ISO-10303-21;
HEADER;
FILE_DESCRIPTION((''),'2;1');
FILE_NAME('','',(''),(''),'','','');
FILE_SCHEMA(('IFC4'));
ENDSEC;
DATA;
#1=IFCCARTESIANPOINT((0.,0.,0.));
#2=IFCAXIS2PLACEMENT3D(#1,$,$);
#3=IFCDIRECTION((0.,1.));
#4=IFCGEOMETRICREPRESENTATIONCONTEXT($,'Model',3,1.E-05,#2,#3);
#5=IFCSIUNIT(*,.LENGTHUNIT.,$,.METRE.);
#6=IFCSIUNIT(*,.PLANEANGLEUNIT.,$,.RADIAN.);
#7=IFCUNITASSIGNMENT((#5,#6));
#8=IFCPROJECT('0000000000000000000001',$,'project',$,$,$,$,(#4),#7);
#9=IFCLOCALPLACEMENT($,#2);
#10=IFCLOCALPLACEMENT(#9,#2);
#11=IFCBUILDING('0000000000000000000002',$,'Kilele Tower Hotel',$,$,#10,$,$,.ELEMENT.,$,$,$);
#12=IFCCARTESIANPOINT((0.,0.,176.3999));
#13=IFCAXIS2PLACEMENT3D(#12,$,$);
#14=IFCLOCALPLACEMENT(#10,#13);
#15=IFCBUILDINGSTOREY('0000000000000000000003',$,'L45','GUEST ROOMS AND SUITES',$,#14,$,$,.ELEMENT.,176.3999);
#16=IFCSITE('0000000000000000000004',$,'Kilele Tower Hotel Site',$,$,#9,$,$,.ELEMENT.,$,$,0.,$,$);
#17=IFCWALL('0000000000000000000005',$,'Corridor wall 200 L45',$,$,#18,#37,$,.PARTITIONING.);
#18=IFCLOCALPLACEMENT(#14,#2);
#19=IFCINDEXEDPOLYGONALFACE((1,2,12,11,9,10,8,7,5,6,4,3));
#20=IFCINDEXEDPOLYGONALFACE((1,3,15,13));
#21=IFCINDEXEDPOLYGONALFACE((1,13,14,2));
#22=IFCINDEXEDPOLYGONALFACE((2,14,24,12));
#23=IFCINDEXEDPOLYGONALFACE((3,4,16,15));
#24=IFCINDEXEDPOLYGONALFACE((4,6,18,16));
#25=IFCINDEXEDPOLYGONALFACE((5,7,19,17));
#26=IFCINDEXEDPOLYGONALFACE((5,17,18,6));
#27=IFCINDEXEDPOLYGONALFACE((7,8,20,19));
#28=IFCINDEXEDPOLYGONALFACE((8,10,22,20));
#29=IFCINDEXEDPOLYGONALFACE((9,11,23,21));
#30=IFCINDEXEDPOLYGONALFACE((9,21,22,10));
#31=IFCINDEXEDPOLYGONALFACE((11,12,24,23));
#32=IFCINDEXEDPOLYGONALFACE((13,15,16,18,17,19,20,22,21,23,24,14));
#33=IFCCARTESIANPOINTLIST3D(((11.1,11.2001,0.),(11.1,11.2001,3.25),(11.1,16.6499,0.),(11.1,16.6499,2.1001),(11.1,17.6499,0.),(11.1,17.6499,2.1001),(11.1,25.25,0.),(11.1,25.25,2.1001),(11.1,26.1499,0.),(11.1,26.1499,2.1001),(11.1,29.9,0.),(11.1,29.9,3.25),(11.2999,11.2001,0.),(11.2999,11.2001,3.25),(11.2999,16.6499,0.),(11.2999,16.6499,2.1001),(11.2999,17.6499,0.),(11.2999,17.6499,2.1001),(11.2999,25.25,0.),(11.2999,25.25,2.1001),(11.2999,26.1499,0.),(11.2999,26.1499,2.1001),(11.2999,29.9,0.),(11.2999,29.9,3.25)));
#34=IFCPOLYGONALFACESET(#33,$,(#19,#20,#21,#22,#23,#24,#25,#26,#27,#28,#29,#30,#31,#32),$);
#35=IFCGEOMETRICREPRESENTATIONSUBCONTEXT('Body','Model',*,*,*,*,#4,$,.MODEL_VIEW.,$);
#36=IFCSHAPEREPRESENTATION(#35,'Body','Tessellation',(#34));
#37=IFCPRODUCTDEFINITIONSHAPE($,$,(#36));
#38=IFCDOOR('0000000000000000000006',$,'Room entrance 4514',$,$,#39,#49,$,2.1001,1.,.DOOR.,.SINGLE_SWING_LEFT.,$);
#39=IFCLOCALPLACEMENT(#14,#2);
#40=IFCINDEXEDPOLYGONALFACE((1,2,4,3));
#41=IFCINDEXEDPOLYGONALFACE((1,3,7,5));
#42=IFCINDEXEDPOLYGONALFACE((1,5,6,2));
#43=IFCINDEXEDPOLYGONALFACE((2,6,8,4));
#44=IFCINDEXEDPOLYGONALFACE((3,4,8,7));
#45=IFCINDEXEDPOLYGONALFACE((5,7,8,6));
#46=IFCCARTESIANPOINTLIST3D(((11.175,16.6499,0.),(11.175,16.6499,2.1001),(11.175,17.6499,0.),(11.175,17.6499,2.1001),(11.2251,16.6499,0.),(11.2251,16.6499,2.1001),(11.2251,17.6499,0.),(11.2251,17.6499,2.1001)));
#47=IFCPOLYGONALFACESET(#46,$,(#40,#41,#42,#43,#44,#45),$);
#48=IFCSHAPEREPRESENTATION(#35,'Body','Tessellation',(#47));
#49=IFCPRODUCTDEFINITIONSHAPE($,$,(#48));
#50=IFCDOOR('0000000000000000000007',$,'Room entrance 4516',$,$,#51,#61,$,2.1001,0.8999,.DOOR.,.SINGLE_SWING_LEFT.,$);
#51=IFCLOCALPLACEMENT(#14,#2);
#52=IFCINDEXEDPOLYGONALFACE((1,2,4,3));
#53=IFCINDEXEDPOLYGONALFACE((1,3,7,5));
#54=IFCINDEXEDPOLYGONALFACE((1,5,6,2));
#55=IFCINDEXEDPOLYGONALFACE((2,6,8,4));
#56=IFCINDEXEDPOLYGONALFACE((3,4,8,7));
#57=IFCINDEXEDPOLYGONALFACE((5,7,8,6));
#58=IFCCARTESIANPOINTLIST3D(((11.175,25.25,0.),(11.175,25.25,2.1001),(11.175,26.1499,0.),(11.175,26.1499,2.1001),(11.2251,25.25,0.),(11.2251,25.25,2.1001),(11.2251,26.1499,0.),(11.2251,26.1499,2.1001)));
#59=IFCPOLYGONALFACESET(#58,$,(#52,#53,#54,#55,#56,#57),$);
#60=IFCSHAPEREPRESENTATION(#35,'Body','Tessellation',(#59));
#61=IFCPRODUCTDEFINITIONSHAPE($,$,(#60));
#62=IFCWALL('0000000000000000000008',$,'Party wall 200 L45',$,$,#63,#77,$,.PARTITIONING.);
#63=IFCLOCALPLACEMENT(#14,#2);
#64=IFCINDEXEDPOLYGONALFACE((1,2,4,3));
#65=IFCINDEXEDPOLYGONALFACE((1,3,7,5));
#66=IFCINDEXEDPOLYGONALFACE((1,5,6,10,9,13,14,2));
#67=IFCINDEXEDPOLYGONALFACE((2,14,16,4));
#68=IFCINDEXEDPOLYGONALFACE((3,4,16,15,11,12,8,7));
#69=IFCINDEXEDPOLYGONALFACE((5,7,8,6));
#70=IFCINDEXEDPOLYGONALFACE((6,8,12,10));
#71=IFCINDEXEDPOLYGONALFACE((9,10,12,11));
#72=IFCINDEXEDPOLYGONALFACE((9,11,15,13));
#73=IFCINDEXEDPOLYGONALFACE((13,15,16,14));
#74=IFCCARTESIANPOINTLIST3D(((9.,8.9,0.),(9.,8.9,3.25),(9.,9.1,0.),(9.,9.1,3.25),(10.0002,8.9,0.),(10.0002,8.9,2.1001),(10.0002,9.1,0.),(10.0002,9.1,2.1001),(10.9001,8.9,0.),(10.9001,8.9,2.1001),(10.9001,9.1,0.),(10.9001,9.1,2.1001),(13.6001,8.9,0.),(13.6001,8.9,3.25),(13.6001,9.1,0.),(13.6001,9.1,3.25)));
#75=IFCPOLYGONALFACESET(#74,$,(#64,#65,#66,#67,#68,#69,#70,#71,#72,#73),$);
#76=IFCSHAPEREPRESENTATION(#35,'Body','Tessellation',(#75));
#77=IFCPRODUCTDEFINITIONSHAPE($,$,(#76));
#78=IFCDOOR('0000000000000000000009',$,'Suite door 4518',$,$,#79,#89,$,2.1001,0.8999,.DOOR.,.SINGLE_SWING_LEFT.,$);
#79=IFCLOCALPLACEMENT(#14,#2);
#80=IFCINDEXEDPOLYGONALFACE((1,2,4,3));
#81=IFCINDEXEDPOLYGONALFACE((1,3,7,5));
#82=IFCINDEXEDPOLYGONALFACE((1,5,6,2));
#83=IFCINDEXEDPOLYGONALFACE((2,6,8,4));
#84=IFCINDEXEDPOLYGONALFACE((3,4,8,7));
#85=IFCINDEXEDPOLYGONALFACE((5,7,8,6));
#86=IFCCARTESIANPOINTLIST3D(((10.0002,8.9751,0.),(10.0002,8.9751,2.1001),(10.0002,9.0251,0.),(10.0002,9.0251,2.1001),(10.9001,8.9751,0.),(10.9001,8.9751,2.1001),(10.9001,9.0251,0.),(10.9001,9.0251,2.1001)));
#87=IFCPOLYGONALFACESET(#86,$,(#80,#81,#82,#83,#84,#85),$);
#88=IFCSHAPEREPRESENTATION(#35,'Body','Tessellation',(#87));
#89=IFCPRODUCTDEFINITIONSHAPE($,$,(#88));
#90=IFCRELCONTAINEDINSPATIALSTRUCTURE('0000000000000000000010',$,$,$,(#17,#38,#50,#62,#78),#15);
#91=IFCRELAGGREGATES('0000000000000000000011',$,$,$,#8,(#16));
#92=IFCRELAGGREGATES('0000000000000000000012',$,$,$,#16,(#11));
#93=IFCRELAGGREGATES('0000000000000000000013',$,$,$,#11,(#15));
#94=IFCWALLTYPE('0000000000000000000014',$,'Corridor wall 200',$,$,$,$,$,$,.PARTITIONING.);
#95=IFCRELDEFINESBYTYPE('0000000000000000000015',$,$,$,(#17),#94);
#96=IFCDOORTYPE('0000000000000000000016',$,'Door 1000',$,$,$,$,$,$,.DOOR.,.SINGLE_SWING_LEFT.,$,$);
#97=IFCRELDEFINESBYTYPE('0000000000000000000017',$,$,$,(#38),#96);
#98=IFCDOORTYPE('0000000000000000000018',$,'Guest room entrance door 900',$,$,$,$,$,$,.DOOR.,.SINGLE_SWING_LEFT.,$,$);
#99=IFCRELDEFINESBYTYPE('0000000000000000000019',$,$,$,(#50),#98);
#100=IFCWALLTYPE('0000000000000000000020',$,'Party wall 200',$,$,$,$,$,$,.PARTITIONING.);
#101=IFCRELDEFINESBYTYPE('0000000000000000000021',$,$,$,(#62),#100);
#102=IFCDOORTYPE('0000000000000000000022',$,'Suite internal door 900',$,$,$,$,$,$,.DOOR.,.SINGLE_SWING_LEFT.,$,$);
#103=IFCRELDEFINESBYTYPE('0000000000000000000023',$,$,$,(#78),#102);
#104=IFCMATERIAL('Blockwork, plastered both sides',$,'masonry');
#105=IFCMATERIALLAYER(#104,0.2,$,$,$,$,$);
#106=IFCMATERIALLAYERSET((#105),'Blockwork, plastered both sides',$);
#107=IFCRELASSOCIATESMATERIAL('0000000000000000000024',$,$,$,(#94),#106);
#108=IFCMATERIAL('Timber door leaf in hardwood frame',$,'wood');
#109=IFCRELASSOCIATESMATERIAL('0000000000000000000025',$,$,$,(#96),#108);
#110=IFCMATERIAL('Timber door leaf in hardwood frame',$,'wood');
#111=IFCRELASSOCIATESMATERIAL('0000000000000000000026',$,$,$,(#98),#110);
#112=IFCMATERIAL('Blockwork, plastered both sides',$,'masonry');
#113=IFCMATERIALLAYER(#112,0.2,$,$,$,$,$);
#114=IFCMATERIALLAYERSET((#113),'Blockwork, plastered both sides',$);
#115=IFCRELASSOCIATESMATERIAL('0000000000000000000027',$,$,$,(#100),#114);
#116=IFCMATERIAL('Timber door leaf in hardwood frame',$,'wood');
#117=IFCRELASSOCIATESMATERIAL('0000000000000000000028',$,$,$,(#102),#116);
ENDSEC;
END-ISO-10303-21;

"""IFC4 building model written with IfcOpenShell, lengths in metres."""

from ifc_helpers import new_model, si_unit, direction, frame, frame_2d, origin, place, context, subcontext, project, spatial, rectangle, extrude, material, layer, layer_set, type_object, element, fill, save


model = new_model("IFC4")

# Units and contexts
model_context = context("Model", 3, precision=1e-05, world=origin(), true_north=direction((0.0, 1.0)))
body_context = subcontext(model_context, "Body", "Model", "MODEL_VIEW")
ifc_project = project(units=[si_unit("LENGTHUNIT", "METRE"), si_unit("PLANEANGLEUNIT", "RADIAN")], contexts=[model_context])

# Site, building, storey
site_placement = place(None, origin())
site = spatial("IfcSite", under=ifc_project, at=site_placement, Name="Kilele Tower Hotel Site", CompositionType="ELEMENT", RefElevation=0.0)
building_placement = place(site_placement, origin())
building = spatial("IfcBuilding", under=site, at=building_placement, Name="Kilele Tower Hotel", CompositionType="ELEMENT")
storey_placement = place(building_placement, frame((0.0, 0.0, 176.3999)))
storey = spatial("IfcBuildingStorey", under=building, at=storey_placement, Name="L45", Description="GUEST ROOMS AND SUITES", CompositionType="ELEMENT", Elevation=176.3999)

# Wall, openings, doors
ifc_material_1 = material(Name="Blockwork, plastered both sides", Category="masonry")
ifc_layer_1 = layer(ifc_material_1, 0.2)
ifc_layer_set_1 = layer_set([ifc_layer_1], Name="Blockwork, plastered both sides")
wall_type_1 = type_object("IfcWallType", Name="Corridor wall 200", PredefinedType="PARTITIONING", material=ifc_layer_set_1)
wall_1_placement = place(storey_placement, frame((11.2, 11.2, 0.0), z_axis=(0.0, 0.0, 1.0), x_axis=(0.0, 1.0, 0.0)))
wall_1 = element("IfcWall", 1, at=wall_1_placement, inside=storey, type_object=wall_type_1, Name="Corridor wall 200 L45", PredefinedType="PARTITIONING", context=body_context, shape_type="SweptSolid", body=[
    extrude(rectangle(XDim=18.7, YDim=0.2, at=frame_2d((9.3501, 0.0))), origin(), (0.0, 0.0, 1.0), 3.25),
])
opening_1_placement = place(wall_1_placement, frame((5.45, 0.0, 0.0)))
opening_1 = element("IfcOpeningElement", 2, at=opening_1_placement, cuts=wall_1, PredefinedType="OPENING", context=body_context, shape_type="SweptSolid", body=[
    extrude(rectangle(XDim=1.0, YDim=2.1001, at=frame_2d((0.5, 1.05))), frame((0.0, 0.1099, 0.0), z_axis=(0.0, -1.0, 0.0), x_axis=(1.0, 0.0, 0.0)), (0.0, 0.0, 1.0), 0.22),
])
opening_2_placement = place(wall_1_placement, frame((14.05, 0.0, 0.0)))
opening_2 = element("IfcOpeningElement", 3, at=opening_2_placement, cuts=wall_1, PredefinedType="OPENING", context=body_context, shape_type="SweptSolid", body=[
    extrude(rectangle(XDim=0.8999, YDim=2.1001, at=frame_2d((0.45, 1.05))), frame((0.0, 0.1099, 0.0), z_axis=(0.0, -1.0, 0.0), x_axis=(1.0, 0.0, 0.0)), (0.0, 0.0, 1.0), 0.22),
])
ifc_material_2 = material(Name="Timber door leaf in hardwood frame", Category="wood")
door_type_1 = type_object("IfcDoorType", Name="Door 1000", OperationType="SINGLE_SWING_LEFT", PredefinedType="DOOR", material=ifc_material_2)
door_1_placement = place(opening_1_placement, origin())
door_1 = element("IfcDoor", 4, at=door_1_placement, inside=storey, type_object=door_type_1, Name="Room entrance 4514", OperationType="SINGLE_SWING_LEFT", OverallHeight=2.1001, OverallWidth=1.0, PredefinedType="DOOR", context=body_context, shape_type="SweptSolid", body=[
    extrude(rectangle(XDim=1.0, YDim=2.1001, at=frame_2d((0.5, 1.05))), frame((0.0, 0.0249, 0.0), z_axis=(0.0, -1.0, 0.0), x_axis=(1.0, 0.0, 0.0)), (0.0, 0.0, 1.0), 0.05),
])
fill(opening_1, door_1)
ifc_material_3 = material(Name="Timber door leaf in hardwood frame", Category="wood")
door_type_2 = type_object("IfcDoorType", Name="Guest room entrance door 900", OperationType="SINGLE_SWING_LEFT", PredefinedType="DOOR", material=ifc_material_3)
door_2_placement = place(opening_2_placement, origin())
door_2 = element("IfcDoor", 5, at=door_2_placement, inside=storey, type_object=door_type_2, Name="Room entrance 4516", OperationType="SINGLE_SWING_LEFT", OverallHeight=2.1001, OverallWidth=0.8999, PredefinedType="DOOR", context=body_context, shape_type="SweptSolid", body=[
    extrude(rectangle(XDim=0.8999, YDim=2.1001, at=frame_2d((0.45, 1.05))), frame((0.0, 0.0249, 0.0), z_axis=(0.0, -1.0, 0.0), x_axis=(1.0, 0.0, 0.0)), (0.0, 0.0, 1.0), 0.05),
])
fill(opening_2, door_2)

# Wall, opening, door
ifc_material_4 = material(Name="Blockwork, plastered both sides", Category="masonry")
ifc_layer_2 = layer(ifc_material_4, 0.2)
ifc_layer_set_2 = layer_set([ifc_layer_2], Name="Blockwork, plastered both sides")
wall_type_2 = type_object("IfcWallType", Name="Party wall 200", PredefinedType="PARTITIONING", material=ifc_layer_set_2)
wall_2_placement = place(storey_placement, frame((13.6001, 9.0, 0.0), z_axis=(0.0, 0.0, 1.0), x_axis=(-1.0, 0.0, 0.0)))
wall_2 = element("IfcWall", 6, at=wall_2_placement, inside=storey, type_object=wall_type_2, Name="Party wall 200 L45", PredefinedType="PARTITIONING", context=body_context, shape_type="SweptSolid", body=[
    extrude(rectangle(XDim=4.6001, YDim=0.2, at=frame_2d((2.3, 0.0))), origin(), (0.0, 0.0, 1.0), 3.25),
])
opening_3_placement = place(wall_2_placement, frame((2.7, 0.0, 0.0)))
opening_3 = element("IfcOpeningElement", 7, at=opening_3_placement, cuts=wall_2, PredefinedType="OPENING", context=body_context, shape_type="SweptSolid", body=[
    extrude(rectangle(XDim=0.8999, YDim=2.1001, at=frame_2d((0.45, 1.05))), frame((0.0, 0.1099, 0.0), z_axis=(0.0, -1.0, 0.0), x_axis=(1.0, 0.0, 0.0)), (0.0, 0.0, 1.0), 0.22),
])
ifc_material_5 = material(Name="Timber door leaf in hardwood frame", Category="wood")
door_type_3 = type_object("IfcDoorType", Name="Suite internal door 900", OperationType="SINGLE_SWING_LEFT", PredefinedType="DOOR", material=ifc_material_5)
door_3_placement = place(opening_3_placement, origin())
door_3 = element("IfcDoor", 8, at=door_3_placement, inside=storey, type_object=door_type_3, Name="Suite door 4518", OperationType="SINGLE_SWING_LEFT", OverallHeight=2.1001, OverallWidth=0.8999, PredefinedType="DOOR", context=body_context, shape_type="SweptSolid", body=[
    extrude(rectangle(XDim=0.8999, YDim=2.1001, at=frame_2d((0.45, 1.05))), frame((0.0, 0.0249, 0.0), z_axis=(0.0, -1.0, 0.0), x_axis=(1.0, 0.0, 0.0)), (0.0, 0.0, 1.0), 0.05),
])
fill(opening_3, door_3)

save(model, "model.ifc")
